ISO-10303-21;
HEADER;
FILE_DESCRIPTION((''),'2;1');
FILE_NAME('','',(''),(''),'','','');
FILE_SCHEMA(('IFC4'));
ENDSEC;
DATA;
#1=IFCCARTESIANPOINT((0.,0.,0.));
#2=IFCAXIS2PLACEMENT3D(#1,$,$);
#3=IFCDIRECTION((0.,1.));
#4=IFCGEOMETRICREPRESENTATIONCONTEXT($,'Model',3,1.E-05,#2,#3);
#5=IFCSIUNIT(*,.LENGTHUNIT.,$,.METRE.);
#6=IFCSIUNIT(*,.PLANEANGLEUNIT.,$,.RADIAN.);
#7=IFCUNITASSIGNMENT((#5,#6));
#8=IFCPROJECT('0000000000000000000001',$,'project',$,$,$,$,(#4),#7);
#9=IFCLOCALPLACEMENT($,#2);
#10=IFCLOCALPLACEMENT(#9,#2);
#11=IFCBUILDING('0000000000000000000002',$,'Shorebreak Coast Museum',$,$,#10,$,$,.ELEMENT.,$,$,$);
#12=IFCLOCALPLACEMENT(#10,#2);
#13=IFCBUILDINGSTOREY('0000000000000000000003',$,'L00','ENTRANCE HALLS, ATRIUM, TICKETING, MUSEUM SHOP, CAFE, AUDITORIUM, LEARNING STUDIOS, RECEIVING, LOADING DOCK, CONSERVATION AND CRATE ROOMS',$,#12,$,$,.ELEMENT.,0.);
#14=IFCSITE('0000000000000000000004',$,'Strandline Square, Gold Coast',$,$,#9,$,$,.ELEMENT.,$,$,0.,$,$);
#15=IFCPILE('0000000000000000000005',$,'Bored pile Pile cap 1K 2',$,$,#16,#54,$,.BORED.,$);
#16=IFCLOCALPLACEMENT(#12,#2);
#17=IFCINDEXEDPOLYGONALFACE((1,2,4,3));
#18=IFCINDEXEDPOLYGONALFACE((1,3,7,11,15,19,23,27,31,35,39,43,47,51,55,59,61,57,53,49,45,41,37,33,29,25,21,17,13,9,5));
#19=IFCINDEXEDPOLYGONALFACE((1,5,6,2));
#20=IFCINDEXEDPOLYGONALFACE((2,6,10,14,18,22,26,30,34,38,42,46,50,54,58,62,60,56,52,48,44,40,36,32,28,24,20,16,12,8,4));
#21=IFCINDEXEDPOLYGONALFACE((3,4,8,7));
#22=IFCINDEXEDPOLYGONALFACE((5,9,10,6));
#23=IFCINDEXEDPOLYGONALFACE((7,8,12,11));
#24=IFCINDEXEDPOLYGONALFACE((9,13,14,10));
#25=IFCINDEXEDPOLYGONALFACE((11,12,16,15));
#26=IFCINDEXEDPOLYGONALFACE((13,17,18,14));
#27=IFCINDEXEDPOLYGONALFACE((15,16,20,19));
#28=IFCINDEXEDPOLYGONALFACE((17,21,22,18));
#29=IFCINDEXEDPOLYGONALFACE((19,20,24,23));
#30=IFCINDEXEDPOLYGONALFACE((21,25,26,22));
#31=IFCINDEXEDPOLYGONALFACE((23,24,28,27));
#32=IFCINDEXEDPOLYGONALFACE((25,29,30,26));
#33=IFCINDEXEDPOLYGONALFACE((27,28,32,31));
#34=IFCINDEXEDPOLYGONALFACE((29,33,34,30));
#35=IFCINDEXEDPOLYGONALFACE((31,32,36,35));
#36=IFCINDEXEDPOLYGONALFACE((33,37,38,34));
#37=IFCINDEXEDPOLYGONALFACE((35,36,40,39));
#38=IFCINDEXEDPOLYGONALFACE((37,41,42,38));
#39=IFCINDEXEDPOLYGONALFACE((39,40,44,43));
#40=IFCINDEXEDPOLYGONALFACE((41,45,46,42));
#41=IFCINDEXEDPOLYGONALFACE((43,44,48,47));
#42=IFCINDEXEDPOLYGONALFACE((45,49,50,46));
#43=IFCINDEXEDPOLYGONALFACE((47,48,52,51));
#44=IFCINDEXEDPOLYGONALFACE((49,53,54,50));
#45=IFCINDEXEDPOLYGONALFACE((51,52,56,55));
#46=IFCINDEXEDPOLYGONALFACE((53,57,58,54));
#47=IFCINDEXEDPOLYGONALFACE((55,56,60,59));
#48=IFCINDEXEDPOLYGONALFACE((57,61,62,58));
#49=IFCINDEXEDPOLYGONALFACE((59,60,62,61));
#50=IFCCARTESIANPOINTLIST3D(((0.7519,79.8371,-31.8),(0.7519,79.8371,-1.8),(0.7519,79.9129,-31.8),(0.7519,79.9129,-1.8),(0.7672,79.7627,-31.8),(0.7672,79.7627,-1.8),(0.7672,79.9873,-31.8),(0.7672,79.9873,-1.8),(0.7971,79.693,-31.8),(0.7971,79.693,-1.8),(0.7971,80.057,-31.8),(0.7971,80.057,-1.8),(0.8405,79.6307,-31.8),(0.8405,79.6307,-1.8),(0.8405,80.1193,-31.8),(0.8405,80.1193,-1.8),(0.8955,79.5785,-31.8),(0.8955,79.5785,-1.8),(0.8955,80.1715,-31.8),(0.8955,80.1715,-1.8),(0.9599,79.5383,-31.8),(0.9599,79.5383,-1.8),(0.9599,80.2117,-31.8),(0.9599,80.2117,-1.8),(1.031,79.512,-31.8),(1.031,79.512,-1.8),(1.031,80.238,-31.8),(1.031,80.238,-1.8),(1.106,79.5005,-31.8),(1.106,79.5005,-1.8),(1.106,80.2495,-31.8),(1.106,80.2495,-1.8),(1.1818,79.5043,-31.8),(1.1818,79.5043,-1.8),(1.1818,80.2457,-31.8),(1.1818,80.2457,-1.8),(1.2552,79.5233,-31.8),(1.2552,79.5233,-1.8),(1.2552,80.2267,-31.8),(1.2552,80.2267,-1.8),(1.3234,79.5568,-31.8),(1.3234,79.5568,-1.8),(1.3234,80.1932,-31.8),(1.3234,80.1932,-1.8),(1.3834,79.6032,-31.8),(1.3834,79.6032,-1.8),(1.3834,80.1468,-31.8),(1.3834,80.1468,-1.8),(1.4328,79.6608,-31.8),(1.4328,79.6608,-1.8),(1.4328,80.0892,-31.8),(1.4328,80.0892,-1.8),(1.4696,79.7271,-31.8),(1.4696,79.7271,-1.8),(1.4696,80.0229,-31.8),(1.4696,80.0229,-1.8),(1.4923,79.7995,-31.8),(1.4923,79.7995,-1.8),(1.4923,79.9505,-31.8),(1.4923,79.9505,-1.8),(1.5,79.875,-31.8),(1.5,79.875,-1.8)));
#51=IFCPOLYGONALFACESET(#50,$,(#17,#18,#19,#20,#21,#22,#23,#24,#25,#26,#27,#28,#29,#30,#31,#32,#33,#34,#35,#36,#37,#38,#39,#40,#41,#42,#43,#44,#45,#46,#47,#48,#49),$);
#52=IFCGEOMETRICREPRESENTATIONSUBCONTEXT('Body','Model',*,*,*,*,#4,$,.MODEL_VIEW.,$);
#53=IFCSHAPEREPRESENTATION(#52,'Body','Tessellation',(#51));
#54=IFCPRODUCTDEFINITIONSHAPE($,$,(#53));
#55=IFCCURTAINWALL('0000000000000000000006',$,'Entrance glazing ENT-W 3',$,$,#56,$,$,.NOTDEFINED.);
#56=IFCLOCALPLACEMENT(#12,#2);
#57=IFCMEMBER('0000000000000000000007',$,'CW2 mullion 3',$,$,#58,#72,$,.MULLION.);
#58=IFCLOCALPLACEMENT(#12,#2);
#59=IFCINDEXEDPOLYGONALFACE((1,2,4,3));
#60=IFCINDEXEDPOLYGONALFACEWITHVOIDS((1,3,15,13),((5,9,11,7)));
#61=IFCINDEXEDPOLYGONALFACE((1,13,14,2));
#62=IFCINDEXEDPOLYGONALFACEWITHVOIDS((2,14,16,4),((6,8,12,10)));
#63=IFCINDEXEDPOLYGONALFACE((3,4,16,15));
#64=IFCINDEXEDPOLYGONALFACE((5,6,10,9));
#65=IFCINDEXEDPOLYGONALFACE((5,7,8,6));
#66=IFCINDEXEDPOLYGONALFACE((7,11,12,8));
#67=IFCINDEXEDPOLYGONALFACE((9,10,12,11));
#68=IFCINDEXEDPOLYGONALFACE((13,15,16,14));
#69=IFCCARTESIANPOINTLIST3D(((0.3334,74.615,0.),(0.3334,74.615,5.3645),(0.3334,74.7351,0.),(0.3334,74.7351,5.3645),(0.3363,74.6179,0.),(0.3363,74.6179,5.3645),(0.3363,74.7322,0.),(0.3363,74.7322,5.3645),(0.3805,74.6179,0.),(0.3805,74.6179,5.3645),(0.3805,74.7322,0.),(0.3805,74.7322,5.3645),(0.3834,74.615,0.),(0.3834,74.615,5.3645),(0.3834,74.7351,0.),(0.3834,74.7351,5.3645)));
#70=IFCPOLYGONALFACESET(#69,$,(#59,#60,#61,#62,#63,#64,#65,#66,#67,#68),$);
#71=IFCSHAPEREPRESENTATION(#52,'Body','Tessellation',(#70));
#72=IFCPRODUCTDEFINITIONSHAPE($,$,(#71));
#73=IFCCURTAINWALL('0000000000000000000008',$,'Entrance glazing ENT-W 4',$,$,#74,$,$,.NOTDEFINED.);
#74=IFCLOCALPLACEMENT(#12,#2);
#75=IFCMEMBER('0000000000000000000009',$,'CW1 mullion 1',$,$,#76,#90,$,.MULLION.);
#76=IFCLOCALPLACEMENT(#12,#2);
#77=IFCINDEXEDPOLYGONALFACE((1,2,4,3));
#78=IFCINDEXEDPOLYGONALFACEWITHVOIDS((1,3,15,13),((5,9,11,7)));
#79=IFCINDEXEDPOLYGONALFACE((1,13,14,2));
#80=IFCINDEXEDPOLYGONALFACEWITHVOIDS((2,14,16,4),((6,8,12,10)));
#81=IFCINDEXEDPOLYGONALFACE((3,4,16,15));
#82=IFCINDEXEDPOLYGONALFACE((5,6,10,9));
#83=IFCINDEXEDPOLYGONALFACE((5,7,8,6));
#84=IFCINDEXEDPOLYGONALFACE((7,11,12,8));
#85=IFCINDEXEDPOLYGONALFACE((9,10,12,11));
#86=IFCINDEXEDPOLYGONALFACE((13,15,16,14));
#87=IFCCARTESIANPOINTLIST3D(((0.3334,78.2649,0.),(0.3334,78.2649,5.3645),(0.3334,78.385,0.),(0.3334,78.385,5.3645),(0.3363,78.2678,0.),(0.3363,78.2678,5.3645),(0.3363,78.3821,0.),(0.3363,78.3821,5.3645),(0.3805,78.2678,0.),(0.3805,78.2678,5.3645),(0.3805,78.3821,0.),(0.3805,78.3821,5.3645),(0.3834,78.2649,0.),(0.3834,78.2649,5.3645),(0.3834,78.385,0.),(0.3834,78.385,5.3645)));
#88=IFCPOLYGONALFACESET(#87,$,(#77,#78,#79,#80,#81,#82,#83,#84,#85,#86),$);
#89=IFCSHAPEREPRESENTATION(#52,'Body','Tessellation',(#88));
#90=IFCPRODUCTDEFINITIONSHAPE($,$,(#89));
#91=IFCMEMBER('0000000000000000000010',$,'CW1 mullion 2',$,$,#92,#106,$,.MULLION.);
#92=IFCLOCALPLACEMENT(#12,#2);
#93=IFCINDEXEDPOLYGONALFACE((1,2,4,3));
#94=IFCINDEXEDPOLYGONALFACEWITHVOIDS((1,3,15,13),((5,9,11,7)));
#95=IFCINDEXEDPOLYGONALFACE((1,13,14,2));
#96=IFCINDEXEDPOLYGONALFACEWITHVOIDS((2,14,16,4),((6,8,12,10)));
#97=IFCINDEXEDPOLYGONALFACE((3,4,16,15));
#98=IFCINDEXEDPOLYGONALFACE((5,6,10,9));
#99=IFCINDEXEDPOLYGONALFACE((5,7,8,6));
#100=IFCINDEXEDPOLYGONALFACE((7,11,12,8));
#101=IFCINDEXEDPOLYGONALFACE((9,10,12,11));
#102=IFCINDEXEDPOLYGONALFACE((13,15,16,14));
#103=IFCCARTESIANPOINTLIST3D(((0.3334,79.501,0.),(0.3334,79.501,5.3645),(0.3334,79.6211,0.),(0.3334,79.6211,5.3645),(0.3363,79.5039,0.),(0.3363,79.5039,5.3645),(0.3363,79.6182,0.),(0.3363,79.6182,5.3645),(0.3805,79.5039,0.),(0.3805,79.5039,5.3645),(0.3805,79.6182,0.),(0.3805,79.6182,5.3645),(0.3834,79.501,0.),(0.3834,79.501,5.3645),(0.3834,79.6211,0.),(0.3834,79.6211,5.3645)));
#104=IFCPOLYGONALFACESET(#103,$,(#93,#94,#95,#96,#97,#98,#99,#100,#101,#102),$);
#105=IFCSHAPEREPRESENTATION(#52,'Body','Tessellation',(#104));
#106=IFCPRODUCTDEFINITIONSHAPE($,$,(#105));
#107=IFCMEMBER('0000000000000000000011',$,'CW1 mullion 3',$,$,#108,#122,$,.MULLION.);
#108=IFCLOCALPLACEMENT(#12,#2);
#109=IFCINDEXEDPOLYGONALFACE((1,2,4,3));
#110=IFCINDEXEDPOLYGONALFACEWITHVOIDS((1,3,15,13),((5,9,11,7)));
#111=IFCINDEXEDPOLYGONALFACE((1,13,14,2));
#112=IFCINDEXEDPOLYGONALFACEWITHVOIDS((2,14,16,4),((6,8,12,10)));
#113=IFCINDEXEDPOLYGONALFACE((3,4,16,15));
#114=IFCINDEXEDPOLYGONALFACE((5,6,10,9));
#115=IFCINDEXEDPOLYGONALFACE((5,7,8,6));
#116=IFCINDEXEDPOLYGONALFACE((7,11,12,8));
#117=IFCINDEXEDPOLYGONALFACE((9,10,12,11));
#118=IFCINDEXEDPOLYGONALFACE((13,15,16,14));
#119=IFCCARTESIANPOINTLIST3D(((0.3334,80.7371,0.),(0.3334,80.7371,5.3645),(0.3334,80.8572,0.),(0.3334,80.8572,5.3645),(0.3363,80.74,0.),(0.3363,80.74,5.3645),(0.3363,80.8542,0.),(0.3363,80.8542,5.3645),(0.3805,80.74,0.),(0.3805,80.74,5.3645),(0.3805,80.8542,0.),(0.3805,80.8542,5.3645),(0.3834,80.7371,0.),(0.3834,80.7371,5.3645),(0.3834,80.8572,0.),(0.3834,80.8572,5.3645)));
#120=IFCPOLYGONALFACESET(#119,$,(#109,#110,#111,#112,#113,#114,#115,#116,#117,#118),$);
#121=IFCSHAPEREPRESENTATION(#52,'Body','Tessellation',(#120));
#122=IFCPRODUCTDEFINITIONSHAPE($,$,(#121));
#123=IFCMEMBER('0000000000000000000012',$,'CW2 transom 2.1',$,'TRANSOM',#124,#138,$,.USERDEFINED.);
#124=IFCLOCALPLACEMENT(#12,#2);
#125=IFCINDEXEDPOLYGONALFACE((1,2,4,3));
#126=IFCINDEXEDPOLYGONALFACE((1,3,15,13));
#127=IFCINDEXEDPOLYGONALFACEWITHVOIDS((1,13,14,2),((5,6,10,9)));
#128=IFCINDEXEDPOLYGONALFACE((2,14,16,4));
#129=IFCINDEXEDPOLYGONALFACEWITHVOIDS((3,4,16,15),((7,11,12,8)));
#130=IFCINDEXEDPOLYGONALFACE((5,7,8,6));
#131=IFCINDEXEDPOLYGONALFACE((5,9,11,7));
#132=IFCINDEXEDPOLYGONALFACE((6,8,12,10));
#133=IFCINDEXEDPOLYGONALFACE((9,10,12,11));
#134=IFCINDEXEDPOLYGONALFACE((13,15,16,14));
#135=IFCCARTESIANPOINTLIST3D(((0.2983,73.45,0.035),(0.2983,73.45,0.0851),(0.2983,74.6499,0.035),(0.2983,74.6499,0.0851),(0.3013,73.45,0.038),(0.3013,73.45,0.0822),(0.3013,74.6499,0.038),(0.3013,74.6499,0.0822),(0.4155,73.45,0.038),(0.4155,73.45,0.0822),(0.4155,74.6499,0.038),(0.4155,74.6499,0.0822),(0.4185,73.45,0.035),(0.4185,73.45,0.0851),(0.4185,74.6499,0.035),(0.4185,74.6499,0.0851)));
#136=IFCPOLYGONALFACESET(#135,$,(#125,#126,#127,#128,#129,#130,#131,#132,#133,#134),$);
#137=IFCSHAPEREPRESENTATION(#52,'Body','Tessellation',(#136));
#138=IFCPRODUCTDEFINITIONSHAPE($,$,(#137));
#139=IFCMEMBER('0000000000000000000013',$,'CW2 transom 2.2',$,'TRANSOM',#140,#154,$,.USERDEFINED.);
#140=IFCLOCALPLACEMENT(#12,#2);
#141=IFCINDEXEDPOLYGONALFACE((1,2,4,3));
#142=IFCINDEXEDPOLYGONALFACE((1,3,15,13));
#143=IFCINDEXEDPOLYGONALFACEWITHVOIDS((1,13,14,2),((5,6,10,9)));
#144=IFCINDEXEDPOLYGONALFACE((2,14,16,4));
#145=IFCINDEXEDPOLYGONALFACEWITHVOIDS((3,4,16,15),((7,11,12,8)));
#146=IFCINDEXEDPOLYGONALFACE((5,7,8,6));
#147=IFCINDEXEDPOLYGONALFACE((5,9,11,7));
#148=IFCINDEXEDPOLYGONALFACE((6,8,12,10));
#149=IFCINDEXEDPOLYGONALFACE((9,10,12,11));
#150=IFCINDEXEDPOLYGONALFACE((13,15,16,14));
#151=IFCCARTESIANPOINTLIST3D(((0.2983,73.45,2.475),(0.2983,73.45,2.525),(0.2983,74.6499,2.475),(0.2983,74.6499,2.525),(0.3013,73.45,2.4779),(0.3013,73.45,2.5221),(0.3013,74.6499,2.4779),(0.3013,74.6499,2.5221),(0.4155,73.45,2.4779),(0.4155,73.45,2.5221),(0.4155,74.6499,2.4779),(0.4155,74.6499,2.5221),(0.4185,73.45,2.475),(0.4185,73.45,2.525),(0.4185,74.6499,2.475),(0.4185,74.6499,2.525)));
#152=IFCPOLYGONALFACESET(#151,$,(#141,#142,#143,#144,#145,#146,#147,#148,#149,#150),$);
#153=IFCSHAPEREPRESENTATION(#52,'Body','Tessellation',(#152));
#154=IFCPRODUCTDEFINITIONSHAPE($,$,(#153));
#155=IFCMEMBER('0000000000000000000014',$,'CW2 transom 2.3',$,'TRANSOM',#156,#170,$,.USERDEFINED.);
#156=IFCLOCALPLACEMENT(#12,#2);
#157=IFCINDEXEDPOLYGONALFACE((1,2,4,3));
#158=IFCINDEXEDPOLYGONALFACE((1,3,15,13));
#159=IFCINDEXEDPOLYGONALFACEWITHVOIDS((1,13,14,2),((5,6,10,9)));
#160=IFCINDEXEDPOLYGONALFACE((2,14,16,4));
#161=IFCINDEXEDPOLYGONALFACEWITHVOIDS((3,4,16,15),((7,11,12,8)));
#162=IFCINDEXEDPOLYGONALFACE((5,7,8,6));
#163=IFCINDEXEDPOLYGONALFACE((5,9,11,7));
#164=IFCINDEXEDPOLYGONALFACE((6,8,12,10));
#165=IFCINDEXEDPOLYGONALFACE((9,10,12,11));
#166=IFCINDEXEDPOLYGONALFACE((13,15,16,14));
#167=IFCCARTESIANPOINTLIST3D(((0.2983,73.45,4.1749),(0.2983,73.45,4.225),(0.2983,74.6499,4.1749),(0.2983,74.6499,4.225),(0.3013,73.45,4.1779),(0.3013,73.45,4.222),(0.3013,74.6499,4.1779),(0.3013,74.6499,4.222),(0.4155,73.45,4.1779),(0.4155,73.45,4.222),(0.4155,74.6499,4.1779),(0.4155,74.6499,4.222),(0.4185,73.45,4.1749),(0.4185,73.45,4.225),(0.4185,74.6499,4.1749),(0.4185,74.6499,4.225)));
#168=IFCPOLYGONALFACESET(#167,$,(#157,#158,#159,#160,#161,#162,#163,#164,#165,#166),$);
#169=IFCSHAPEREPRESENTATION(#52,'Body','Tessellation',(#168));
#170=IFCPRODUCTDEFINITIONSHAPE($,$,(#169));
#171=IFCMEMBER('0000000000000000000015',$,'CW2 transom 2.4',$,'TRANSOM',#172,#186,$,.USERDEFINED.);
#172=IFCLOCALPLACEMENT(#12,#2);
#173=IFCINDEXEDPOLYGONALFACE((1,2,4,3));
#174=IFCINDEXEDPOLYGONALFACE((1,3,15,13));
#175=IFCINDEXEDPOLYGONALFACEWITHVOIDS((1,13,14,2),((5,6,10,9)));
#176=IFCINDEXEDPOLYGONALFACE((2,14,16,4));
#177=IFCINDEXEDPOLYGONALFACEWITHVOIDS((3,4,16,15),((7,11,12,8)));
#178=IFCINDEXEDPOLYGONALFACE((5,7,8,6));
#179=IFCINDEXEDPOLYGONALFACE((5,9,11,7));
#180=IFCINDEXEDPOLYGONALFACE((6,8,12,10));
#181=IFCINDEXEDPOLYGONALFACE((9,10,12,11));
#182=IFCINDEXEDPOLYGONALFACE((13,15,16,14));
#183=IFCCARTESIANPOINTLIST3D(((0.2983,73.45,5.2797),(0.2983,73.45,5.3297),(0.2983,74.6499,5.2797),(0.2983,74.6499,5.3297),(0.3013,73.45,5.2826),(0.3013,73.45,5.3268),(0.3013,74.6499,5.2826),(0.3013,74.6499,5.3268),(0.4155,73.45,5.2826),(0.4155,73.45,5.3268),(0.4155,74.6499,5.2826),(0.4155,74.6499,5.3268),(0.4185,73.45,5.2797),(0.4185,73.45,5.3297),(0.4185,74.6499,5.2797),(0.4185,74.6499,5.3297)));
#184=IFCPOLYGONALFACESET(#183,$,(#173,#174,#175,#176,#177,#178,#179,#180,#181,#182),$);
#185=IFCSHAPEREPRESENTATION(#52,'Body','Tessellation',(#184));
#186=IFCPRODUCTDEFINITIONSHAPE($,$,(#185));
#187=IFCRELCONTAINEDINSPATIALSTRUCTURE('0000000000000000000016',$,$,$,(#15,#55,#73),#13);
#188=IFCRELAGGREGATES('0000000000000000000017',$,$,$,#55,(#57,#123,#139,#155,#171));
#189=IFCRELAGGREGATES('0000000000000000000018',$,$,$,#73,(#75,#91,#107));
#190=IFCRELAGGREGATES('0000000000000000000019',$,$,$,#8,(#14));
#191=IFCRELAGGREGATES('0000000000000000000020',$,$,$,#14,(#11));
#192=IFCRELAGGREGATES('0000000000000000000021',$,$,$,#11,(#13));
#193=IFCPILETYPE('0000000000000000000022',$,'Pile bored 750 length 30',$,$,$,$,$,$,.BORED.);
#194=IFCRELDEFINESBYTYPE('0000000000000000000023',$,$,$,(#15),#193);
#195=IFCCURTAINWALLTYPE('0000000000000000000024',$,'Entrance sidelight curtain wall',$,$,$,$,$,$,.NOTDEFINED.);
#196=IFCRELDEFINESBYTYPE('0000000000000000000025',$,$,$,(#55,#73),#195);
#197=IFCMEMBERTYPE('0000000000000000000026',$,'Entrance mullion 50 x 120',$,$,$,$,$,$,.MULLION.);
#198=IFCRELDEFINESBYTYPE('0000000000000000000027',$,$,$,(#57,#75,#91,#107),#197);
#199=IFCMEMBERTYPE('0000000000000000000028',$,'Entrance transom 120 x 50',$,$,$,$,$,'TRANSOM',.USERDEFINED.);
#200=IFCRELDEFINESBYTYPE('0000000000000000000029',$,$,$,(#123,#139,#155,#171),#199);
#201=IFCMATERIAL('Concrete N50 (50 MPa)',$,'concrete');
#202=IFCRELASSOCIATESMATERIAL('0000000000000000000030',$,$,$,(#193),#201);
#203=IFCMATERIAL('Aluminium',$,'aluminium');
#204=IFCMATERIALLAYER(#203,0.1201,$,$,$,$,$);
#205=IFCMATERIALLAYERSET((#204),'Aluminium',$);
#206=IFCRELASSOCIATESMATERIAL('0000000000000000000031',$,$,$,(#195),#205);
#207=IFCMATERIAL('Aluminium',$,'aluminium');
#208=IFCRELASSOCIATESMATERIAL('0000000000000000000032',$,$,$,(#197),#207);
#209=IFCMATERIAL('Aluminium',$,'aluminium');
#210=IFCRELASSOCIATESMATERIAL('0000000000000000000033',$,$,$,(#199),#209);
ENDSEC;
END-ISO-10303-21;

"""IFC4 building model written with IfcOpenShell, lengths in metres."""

from ifc_helpers import new_model, si_unit, direction, frame, origin, origin_2d, place, context, subcontext, project, spatial, hollow_rectangle, circle, extrude, material, layer, layer_set, material_profile, profile_set, type_object, element, aggregate, save


model = new_model("IFC4")

# Units and contexts
model_context = context("Model", 3, precision=1e-05, world=origin(), true_north=direction((0.0, 1.0)))
body_context = subcontext(model_context, "Body", "Model", "MODEL_VIEW")
ifc_project = project(units=[si_unit("LENGTHUNIT", "METRE"), si_unit("PLANEANGLEUNIT", "RADIAN")], contexts=[model_context])

# Site, building, storey
site_placement = place(None, origin())
site = spatial("IfcSite", under=ifc_project, at=site_placement, Name="Strandline Square, Gold Coast", CompositionType="ELEMENT", RefElevation=0.0)
building_placement = place(site_placement, origin())
building = spatial("IfcBuilding", under=site, at=building_placement, Name="Shorebreak Coast Museum", CompositionType="ELEMENT")
storey_placement = place(building_placement, origin())
storey = spatial("IfcBuildingStorey", under=building, at=storey_placement, Name="L00", Description="ENTRANCE HALLS, ATRIUM, TICKETING, MUSEUM SHOP, CAFE, AUDITORIUM, LEARNING STUDIOS, RECEIVING, LOADING DOCK, CONSERVATION AND CRATE ROOMS", CompositionType="ELEMENT", Elevation=0.0)

# Pile
ifc_material_1 = material(Name="Concrete N50 (50 MPa)", Category="concrete")
ifc_material_profile_1 = material_profile(ifc_material_1, circle(Radius=0.375, at=origin_2d()), Name="Pile bored 750 length 30")
ifc_profile_set_1 = profile_set([ifc_material_profile_1], Name="Concrete N50 (50 MPa)")
pile_type = type_object("IfcPileType", Name="Pile bored 750 length 30", PredefinedType="BORED", material=ifc_profile_set_1)
pile_placement = place(storey_placement, frame((1.125, 79.875, -1.8), z_axis=(0.0, 0.0, -1.0), x_axis=(1.0, 0.0, 0.0)))
element("IfcPile", 1, at=pile_placement, inside=storey, type_object=pile_type, Name="Bored pile Pile cap 1K 2", PredefinedType="BORED", context=body_context, shape_type="SweptSolid", body=[
    extrude(circle(Radius=0.375, at=origin_2d()), origin(), (0.0, 0.0, 1.0), 30.0),
])

# Curtain wall, member
ifc_material_2 = material(Name="Aluminium", Category="aluminium")
ifc_layer_1 = layer(ifc_material_2, 0.1201)
ifc_layer_set_1 = layer_set([ifc_layer_1], Name="Aluminium")
curtain_wall_type = type_object("IfcCurtainWallType", Name="Entrance sidelight curtain wall", PredefinedType="NOTDEFINED", material=ifc_layer_set_1)
curtain_wall_1_placement = place(storey_placement, origin())
curtain_wall_1 = element("IfcCurtainWall", 2, at=curtain_wall_1_placement, inside=storey, type_object=curtain_wall_type, Name="Entrance glazing ENT-W 3", PredefinedType="NOTDEFINED")
ifc_material_3 = material(Name="Aluminium", Category="aluminium")
ifc_material_profile_2 = material_profile(ifc_material_3, hollow_rectangle(XDim=0.05, YDim=0.1201, WallThickness=0.0029, at=origin_2d()), Name="AL 120x50 RHS")
ifc_profile_set_2 = profile_set([ifc_material_profile_2], Name="Aluminium")
member_type_1 = type_object("IfcMemberType", Name="Entrance mullion 50 x 120", PredefinedType="MULLION", material=ifc_profile_set_2)
member_1_placement = place(storey_placement, frame((0.3584, 74.675, 0.0), z_axis=(0.0, 0.0, 1.0), x_axis=(-1.0, 0.0, 0.0)))
member_1 = element("IfcMember", 3, at=member_1_placement, type_object=member_type_1, Name="CW2 mullion 3", PredefinedType="MULLION", context=body_context, shape_type="SweptSolid", body=[
    extrude(hollow_rectangle(XDim=0.05, YDim=0.1201, WallThickness=0.0029, at=origin_2d()), origin(), (0.0, 0.0, 1.0), 5.3645),
])

# Curtain wall, members
curtain_wall_2_placement = place(storey_placement, origin())
curtain_wall_2 = element("IfcCurtainWall", 4, at=curtain_wall_2_placement, inside=storey, type_object=curtain_wall_type, Name="Entrance glazing ENT-W 4", PredefinedType="NOTDEFINED")
member_2_placement = place(storey_placement, frame((0.3584, 78.325, 0.0), z_axis=(0.0, 0.0, 1.0), x_axis=(-1.0, 0.0, 0.0)))
member_2 = element("IfcMember", 5, at=member_2_placement, type_object=member_type_1, Name="CW1 mullion 1", PredefinedType="MULLION", context=body_context, shape_type="SweptSolid", body=[
    extrude(hollow_rectangle(XDim=0.05, YDim=0.1201, WallThickness=0.0029, at=origin_2d()), origin(), (0.0, 0.0, 1.0), 5.3645),
])
member_3_placement = place(storey_placement, frame((0.3584, 79.561, 0.0), z_axis=(0.0, 0.0, 1.0), x_axis=(-1.0, 0.0, 0.0)))
member_3 = element("IfcMember", 6, at=member_3_placement, type_object=member_type_1, Name="CW1 mullion 2", PredefinedType="MULLION", context=body_context, shape_type="SweptSolid", body=[
    extrude(hollow_rectangle(XDim=0.05, YDim=0.1201, WallThickness=0.0029, at=origin_2d()), origin(), (0.0, 0.0, 1.0), 5.3645),
])
member_4_placement = place(storey_placement, frame((0.3584, 80.7971, 0.0), z_axis=(0.0, 0.0, 1.0), x_axis=(-1.0, 0.0, 0.0)))
member_4 = element("IfcMember", 7, at=member_4_placement, type_object=member_type_1, Name="CW1 mullion 3", PredefinedType="MULLION", context=body_context, shape_type="SweptSolid", body=[
    extrude(hollow_rectangle(XDim=0.05, YDim=0.1201, WallThickness=0.0029, at=origin_2d()), origin(), (0.0, 0.0, 1.0), 5.3645),
])

# Members
ifc_material_4 = material(Name="Aluminium", Category="aluminium")
ifc_material_profile_3 = material_profile(ifc_material_4, hollow_rectangle(XDim=0.1201, YDim=0.05, WallThickness=0.0029, at=origin_2d()), Name="AL 50x120 RHS")
ifc_profile_set_3 = profile_set([ifc_material_profile_3], Name="Aluminium")
member_type_2 = type_object("IfcMemberType", Name="Entrance transom 120 x 50", ElementType="TRANSOM", PredefinedType="USERDEFINED", material=ifc_profile_set_3)
member_5_placement = place(storey_placement, frame((0.3584, 73.45, 0.0601), z_axis=(0.0, 1.0, 0.0), x_axis=(-1.0, 0.0, 0.0)))
member_5 = element("IfcMember", 8, at=member_5_placement, type_object=member_type_2, Name="CW2 transom 2.1", ObjectType="TRANSOM", PredefinedType="USERDEFINED", context=body_context, shape_type="SweptSolid", body=[
    extrude(hollow_rectangle(XDim=0.1201, YDim=0.05, WallThickness=0.0029, at=origin_2d()), origin(), (0.0, 0.0, 1.0), 1.2),
])
member_6_placement = place(storey_placement, frame((0.3584, 73.45, 2.5), z_axis=(0.0, 1.0, 0.0), x_axis=(-1.0, 0.0, 0.0)))
member_6 = element("IfcMember", 9, at=member_6_placement, type_object=member_type_2, Name="CW2 transom 2.2", ObjectType="TRANSOM", PredefinedType="USERDEFINED", context=body_context, shape_type="SweptSolid", body=[
    extrude(hollow_rectangle(XDim=0.1201, YDim=0.05, WallThickness=0.0029, at=origin_2d()), origin(), (0.0, 0.0, 1.0), 1.2),
])
member_7_placement = place(storey_placement, frame((0.3584, 73.45, 4.2), z_axis=(0.0, 1.0, 0.0), x_axis=(-1.0, 0.0, 0.0)))
member_7 = element("IfcMember", 10, at=member_7_placement, type_object=member_type_2, Name="CW2 transom 2.3", ObjectType="TRANSOM", PredefinedType="USERDEFINED", context=body_context, shape_type="SweptSolid", body=[
    extrude(hollow_rectangle(XDim=0.1201, YDim=0.05, WallThickness=0.0029, at=origin_2d()), origin(), (0.0, 0.0, 1.0), 1.2),
])
member_8_placement = place(storey_placement, frame((0.3584, 73.45, 5.3047), z_axis=(0.0, 1.0, 0.0), x_axis=(-1.0, 0.0, 0.0)))
member_8 = element("IfcMember", 11, at=member_8_placement, type_object=member_type_2, Name="CW2 transom 2.4", ObjectType="TRANSOM", PredefinedType="USERDEFINED", context=body_context, shape_type="SweptSolid", body=[
    extrude(hollow_rectangle(XDim=0.1201, YDim=0.05, WallThickness=0.0029, at=origin_2d()), origin(), (0.0, 0.0, 1.0), 1.2),
])

aggregate(curtain_wall_1, [member_1, member_5, member_6, member_7, member_8])
aggregate(curtain_wall_2, [member_2, member_3, member_4])

save(model, "model.ifc")
